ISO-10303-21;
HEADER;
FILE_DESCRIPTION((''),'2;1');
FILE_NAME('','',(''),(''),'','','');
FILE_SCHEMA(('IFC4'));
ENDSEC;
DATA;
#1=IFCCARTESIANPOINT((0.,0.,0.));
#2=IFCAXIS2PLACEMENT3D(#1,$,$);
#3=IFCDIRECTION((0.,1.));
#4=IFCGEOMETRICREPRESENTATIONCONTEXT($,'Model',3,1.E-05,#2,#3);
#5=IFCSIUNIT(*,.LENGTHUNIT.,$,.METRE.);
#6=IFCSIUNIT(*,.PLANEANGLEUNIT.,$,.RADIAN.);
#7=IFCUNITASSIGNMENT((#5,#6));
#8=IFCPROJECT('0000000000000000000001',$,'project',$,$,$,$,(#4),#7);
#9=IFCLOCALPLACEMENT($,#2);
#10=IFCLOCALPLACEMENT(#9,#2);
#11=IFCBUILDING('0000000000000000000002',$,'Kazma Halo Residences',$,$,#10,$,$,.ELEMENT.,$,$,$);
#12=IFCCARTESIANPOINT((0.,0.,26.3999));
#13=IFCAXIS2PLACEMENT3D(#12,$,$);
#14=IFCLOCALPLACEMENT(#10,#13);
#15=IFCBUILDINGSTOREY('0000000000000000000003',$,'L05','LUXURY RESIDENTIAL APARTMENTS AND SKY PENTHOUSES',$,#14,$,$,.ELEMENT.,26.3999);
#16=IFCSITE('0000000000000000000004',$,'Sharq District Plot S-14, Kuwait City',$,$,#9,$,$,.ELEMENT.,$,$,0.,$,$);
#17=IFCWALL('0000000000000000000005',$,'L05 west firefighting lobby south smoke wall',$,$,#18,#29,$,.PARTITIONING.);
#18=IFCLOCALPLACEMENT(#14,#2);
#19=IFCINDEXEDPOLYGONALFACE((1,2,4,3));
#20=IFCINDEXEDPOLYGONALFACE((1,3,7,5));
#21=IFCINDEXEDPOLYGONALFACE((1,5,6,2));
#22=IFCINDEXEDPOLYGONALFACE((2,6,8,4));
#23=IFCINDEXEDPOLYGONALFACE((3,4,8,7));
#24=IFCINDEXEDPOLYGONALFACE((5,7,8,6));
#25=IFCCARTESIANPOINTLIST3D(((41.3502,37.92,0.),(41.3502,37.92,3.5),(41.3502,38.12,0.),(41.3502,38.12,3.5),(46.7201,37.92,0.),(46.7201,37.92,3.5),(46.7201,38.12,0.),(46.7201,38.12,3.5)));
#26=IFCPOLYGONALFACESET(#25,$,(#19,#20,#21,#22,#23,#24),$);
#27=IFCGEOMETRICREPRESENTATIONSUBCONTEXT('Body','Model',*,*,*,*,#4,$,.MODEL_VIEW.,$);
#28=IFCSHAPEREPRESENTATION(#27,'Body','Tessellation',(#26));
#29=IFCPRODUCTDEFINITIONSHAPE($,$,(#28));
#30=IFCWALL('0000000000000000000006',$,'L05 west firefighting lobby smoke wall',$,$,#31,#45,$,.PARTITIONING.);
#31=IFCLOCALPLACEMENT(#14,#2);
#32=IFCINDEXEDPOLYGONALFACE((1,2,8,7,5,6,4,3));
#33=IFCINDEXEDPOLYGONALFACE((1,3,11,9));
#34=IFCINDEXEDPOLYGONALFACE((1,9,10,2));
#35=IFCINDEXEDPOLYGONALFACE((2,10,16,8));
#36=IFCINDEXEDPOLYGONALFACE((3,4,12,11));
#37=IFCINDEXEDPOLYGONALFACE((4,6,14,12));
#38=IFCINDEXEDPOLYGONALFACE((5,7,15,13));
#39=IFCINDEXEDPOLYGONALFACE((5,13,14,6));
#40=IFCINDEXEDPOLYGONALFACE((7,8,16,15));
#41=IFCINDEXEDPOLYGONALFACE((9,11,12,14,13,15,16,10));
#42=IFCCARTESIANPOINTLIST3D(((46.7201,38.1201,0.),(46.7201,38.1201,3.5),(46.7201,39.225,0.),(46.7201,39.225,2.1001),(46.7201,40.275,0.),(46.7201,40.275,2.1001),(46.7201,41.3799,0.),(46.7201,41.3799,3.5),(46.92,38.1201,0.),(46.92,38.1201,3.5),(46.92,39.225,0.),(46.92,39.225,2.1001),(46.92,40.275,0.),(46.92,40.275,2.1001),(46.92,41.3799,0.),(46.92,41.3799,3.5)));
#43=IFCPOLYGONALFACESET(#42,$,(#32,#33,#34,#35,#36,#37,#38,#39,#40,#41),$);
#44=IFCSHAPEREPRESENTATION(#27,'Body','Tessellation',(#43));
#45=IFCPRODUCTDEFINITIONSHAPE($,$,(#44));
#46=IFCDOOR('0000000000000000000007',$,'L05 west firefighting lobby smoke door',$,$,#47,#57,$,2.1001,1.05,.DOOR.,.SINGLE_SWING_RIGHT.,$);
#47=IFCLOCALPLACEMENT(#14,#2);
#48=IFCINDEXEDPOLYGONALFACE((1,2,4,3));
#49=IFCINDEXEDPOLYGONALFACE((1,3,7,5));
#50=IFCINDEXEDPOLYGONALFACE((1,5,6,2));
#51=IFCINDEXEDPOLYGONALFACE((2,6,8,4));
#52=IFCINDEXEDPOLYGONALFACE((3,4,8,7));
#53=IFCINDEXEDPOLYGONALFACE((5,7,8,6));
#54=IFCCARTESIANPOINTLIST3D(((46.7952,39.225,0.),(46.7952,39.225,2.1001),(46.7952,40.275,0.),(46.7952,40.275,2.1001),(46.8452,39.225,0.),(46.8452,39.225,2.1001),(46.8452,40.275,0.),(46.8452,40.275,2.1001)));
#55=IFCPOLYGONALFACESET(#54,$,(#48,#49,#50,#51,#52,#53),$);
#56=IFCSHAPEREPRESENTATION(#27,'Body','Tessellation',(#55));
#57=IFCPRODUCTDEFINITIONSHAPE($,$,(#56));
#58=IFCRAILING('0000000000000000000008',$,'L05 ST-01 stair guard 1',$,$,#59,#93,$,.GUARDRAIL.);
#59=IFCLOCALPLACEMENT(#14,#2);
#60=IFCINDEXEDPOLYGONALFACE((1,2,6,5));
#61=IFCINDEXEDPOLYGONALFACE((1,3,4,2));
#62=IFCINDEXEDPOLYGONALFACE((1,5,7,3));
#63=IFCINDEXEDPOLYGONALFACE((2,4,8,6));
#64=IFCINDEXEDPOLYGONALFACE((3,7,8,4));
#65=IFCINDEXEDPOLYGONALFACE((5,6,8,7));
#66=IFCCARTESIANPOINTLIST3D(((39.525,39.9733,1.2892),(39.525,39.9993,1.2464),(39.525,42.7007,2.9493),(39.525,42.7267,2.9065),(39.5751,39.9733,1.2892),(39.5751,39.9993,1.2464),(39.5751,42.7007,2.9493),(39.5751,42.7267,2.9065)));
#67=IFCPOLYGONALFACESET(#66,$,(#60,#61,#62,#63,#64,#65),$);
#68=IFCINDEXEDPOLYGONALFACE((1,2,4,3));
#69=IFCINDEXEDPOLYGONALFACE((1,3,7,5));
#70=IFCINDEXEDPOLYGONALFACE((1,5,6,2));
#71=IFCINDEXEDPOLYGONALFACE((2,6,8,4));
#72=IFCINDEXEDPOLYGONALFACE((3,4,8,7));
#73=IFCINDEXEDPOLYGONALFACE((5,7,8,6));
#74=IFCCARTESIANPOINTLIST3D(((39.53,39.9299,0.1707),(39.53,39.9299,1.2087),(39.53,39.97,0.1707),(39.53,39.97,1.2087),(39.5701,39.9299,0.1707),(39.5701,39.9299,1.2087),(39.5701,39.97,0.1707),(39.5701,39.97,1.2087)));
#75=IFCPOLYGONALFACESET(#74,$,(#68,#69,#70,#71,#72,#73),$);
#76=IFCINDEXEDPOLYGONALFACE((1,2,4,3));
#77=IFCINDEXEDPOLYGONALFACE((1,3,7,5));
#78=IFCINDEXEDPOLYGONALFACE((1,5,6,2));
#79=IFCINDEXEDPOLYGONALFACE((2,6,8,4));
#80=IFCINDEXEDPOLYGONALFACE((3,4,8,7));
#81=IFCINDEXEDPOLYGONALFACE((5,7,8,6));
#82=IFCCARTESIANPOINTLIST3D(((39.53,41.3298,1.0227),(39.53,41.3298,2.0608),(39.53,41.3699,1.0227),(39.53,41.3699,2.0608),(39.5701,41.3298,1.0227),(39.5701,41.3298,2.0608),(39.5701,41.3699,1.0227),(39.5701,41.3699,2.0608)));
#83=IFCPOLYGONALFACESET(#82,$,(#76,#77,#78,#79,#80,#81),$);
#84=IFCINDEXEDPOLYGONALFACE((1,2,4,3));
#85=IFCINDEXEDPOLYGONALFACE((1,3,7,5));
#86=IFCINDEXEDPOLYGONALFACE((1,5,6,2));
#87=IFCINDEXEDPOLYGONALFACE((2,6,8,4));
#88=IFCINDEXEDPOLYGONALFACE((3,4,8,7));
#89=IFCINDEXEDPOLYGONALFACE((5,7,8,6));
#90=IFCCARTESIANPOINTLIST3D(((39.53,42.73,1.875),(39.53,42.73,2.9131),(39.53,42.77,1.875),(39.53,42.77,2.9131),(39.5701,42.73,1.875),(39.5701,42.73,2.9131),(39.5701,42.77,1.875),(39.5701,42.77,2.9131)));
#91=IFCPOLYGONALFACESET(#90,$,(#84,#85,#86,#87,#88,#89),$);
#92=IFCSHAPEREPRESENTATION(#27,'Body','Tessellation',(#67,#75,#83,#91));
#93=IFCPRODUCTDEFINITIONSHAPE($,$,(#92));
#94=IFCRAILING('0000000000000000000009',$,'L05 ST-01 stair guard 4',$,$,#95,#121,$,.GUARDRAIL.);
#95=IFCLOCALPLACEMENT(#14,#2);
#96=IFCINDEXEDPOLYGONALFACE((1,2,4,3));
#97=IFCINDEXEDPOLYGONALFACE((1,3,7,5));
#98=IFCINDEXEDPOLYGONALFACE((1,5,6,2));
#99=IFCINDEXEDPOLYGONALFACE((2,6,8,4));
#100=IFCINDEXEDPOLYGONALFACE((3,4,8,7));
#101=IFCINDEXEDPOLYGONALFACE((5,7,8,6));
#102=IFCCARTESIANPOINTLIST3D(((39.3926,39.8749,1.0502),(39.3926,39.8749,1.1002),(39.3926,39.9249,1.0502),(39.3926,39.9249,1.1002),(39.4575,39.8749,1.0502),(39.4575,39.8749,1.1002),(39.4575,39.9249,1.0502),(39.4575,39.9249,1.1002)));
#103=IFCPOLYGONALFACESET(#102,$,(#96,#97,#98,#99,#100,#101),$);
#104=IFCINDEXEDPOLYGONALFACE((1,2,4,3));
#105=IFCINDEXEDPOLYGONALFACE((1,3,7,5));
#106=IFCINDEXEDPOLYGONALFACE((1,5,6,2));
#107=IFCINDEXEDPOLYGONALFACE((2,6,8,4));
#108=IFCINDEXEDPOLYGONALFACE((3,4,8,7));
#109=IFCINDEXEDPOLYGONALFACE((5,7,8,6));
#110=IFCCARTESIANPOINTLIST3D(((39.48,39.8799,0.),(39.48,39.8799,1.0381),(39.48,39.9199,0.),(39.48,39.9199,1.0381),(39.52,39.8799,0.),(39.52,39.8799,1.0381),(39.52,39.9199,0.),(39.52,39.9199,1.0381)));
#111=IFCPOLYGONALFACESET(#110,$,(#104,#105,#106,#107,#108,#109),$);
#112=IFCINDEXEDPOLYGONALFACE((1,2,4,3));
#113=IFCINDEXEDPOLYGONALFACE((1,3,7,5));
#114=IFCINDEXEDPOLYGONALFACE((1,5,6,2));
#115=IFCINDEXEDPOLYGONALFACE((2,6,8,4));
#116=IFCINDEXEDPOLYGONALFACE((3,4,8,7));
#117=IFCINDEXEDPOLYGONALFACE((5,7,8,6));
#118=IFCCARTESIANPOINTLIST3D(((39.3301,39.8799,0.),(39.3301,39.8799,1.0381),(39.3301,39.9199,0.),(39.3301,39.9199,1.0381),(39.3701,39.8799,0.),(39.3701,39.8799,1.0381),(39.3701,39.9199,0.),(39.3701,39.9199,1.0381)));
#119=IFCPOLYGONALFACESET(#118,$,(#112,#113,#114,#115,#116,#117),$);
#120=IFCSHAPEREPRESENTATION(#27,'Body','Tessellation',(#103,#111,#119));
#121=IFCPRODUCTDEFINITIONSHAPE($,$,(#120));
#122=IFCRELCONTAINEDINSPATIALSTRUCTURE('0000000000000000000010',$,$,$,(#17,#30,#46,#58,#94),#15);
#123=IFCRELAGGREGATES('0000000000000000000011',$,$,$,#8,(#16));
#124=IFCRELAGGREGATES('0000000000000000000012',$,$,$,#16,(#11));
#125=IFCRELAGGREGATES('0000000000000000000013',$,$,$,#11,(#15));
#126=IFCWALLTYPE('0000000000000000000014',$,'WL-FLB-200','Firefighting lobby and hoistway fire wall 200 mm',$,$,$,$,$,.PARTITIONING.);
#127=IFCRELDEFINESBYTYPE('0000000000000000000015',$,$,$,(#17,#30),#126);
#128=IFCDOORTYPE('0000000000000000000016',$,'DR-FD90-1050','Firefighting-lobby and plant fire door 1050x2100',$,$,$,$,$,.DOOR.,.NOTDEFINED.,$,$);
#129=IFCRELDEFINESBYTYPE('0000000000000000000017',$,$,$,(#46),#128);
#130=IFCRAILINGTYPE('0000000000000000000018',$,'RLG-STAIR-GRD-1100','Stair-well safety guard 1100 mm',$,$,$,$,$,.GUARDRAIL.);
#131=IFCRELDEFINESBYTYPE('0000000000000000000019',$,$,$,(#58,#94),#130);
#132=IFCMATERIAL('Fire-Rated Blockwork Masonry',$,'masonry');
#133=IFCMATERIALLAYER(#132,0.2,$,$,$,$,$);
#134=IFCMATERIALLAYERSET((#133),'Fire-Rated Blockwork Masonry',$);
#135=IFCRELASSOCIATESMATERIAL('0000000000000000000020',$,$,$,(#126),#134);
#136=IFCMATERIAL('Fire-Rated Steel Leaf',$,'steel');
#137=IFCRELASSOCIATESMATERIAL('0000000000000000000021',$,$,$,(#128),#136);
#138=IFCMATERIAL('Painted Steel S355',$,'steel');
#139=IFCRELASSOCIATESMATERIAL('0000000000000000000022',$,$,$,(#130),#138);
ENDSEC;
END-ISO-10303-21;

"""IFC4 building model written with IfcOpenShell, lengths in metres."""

from ifc_helpers import new_model, si_unit, direction, frame, frame_2d, origin, origin_2d, place, context, subcontext, project, spatial, rectangle, extrude, material, layer, layer_set, type_object, element, fill, save


model = new_model("IFC4")

# Units and contexts
model_context = context("Model", 3, precision=1e-05, world=origin(), true_north=direction((0.0, 1.0)))
body_context = subcontext(model_context, "Body", "Model", "MODEL_VIEW")
ifc_project = project(units=[si_unit("LENGTHUNIT", "METRE"), si_unit("PLANEANGLEUNIT", "RADIAN")], contexts=[model_context])

# Site, building, storey
site_placement = place(None, origin())
site = spatial("IfcSite", under=ifc_project, at=site_placement, Name="Sharq District Plot S-14, Kuwait City", CompositionType="ELEMENT", RefElevation=0.0)
building_placement = place(site_placement, origin())
building = spatial("IfcBuilding", under=site, at=building_placement, Name="Kazma Halo Residences", CompositionType="ELEMENT")
storey_placement = place(building_placement, frame((0.0, 0.0, 26.3999)))
storey = spatial("IfcBuildingStorey", under=building, at=storey_placement, Name="L05", Description="LUXURY RESIDENTIAL APARTMENTS AND SKY PENTHOUSES", CompositionType="ELEMENT", Elevation=26.3999)

# Shared definitions
ifc_material_1 = material(Name="Fire-Rated Blockwork Masonry", Category="masonry")
ifc_layer_1 = layer(ifc_material_1, 0.2)
ifc_layer_set_1 = layer_set([ifc_layer_1], Name="Fire-Rated Blockwork Masonry")
wall_type_1 = type_object("IfcWallType", Name="WL-FLB-200", Description="Firefighting lobby and hoistway fire wall 200 mm", PredefinedType="PARTITIONING", material=ifc_layer_set_1)

# Wall
wall_1_placement = place(storey_placement, frame((41.3501, 38.02, 0.0), z_axis=(0.0, 0.0, 1.0), x_axis=(1.0, 0.0, 0.0)))
element("IfcWall", 1, at=wall_1_placement, inside=storey, type_object=wall_type_1, Name="L05 west firefighting lobby south smoke wall", PredefinedType="PARTITIONING", context=body_context, shape_type="SweptSolid", body=[
    extrude(rectangle(XDim=5.3699, YDim=0.2, at=frame_2d((2.6851, 0.0))), origin(), (0.0, 0.0, 1.0), 3.5),
])

# Wall, opening, door
wall_2_placement = place(storey_placement, frame((46.8201, 38.1201, 0.0), z_axis=(0.0, 0.0, 1.0), x_axis=(0.0, 1.0, 0.0)))
wall_2 = element("IfcWall", 2, at=wall_2_placement, inside=storey, type_object=wall_type_1, Name="L05 west firefighting lobby smoke wall", PredefinedType="PARTITIONING", context=body_context, shape_type="SweptSolid", body=[
    extrude(rectangle(XDim=3.2598, YDim=0.2, at=frame_2d((1.6299, 0.0))), origin(), (0.0, 0.0, 1.0), 3.5),
])
opening_1_placement = place(wall_2_placement, frame((1.105, 0.0, 0.0)))
opening_1 = element("IfcOpeningElement", 3, at=opening_1_placement, cuts=wall_2, PredefinedType="OPENING", context=body_context, shape_type="SweptSolid", body=[
    extrude(rectangle(XDim=1.05, YDim=2.1001, at=frame_2d((0.5249, 1.05))), frame((0.0, 0.1099, 0.0), z_axis=(0.0, -1.0, 0.0), x_axis=(1.0, 0.0, 0.0)), (0.0, 0.0, 1.0), 0.22),
])
ifc_material_2 = material(Name="Fire-Rated Steel Leaf", Category="steel")
door_type_1 = type_object("IfcDoorType", Name="DR-FD90-1050", Description="Firefighting-lobby and plant fire door 1050x2100", OperationType="NOTDEFINED", PredefinedType="DOOR", material=ifc_material_2)
door_1_placement = place(opening_1_placement, origin())
door_1 = element("IfcDoor", 4, at=door_1_placement, inside=storey, type_object=door_type_1, Name="L05 west firefighting lobby smoke door", OperationType="SINGLE_SWING_RIGHT", OverallHeight=2.1001, OverallWidth=1.05, PredefinedType="DOOR", context=body_context, shape_type="SweptSolid", body=[
    extrude(rectangle(XDim=1.05, YDim=2.1001, at=frame_2d((0.5249, 1.05))), frame((0.0, 0.0249, 0.0), z_axis=(0.0, -1.0, 0.0), x_axis=(1.0, 0.0, 0.0)), (0.0, 0.0, 1.0), 0.05),
])
fill(opening_1, door_1)

# Railings
ifc_material_3 = material(Name="Painted Steel S355", Category="steel")
railing_type = type_object("IfcRailingType", Name="RLG-STAIR-GRD-1100", Description="Stair-well safety guard 1100 mm", PredefinedType="GUARDRAIL", material=ifc_material_3)
railing_1_placement = place(storey_placement, frame((39.55, 39.95, 0.1707)))
element("IfcRailing", 5, at=railing_1_placement, inside=storey, type_object=railing_type, Name="L05 ST-01 stair guard 1", PredefinedType="GUARDRAIL", context=body_context, shape_type="SweptSolid", body=[
    extrude(rectangle(XDim=0.05, YDim=0.05, at=origin_2d()), frame((0.0, 0.0364, 1.0972), z_axis=(0.0, 0.854203, 0.51994), x_axis=(-1.0, 0.0, 0.0)), (0.0, 0.0, 1.0), 3.1929),
    extrude(rectangle(XDim=0.04, YDim=0.04, at=origin_2d()), origin(), (0.0, 0.0, 1.0), 1.0381),
    extrude(rectangle(XDim=0.04, YDim=0.04, at=origin_2d()), frame((0.0, 1.3999, 0.8521)), (0.0, 0.0, 1.0), 1.0381),
    extrude(rectangle(XDim=0.04, YDim=0.04, at=origin_2d()), frame((0.0, 2.8, 1.7043)), (0.0, 0.0, 1.0), 1.0381),
])
railing_2_placement = place(storey_placement, frame((39.5, 39.8999, 0.0)))
element("IfcRailing", 6, at=railing_2_placement, inside=storey, type_object=railing_type, Name="L05 ST-01 stair guard 4", PredefinedType="GUARDRAIL", context=body_context, shape_type="SweptSolid", body=[
    extrude(rectangle(XDim=0.05, YDim=0.05, at=origin_2d()), frame((-0.0425, 0.0, 1.0752), z_axis=(-1.0, 0.0, 0.0), x_axis=(0.0, -1.0, 0.0)), (0.0, 0.0, 1.0), 0.0649),
    extrude(rectangle(XDim=0.04, YDim=0.04, at=origin_2d()), origin(), (0.0, 0.0, 1.0), 1.0381),
    extrude(rectangle(XDim=0.04, YDim=0.04, at=origin_2d()), frame((-0.1499, 0.0, 0.0)), (0.0, 0.0, 1.0), 1.0381),
])

save(model, "model.ifc")
